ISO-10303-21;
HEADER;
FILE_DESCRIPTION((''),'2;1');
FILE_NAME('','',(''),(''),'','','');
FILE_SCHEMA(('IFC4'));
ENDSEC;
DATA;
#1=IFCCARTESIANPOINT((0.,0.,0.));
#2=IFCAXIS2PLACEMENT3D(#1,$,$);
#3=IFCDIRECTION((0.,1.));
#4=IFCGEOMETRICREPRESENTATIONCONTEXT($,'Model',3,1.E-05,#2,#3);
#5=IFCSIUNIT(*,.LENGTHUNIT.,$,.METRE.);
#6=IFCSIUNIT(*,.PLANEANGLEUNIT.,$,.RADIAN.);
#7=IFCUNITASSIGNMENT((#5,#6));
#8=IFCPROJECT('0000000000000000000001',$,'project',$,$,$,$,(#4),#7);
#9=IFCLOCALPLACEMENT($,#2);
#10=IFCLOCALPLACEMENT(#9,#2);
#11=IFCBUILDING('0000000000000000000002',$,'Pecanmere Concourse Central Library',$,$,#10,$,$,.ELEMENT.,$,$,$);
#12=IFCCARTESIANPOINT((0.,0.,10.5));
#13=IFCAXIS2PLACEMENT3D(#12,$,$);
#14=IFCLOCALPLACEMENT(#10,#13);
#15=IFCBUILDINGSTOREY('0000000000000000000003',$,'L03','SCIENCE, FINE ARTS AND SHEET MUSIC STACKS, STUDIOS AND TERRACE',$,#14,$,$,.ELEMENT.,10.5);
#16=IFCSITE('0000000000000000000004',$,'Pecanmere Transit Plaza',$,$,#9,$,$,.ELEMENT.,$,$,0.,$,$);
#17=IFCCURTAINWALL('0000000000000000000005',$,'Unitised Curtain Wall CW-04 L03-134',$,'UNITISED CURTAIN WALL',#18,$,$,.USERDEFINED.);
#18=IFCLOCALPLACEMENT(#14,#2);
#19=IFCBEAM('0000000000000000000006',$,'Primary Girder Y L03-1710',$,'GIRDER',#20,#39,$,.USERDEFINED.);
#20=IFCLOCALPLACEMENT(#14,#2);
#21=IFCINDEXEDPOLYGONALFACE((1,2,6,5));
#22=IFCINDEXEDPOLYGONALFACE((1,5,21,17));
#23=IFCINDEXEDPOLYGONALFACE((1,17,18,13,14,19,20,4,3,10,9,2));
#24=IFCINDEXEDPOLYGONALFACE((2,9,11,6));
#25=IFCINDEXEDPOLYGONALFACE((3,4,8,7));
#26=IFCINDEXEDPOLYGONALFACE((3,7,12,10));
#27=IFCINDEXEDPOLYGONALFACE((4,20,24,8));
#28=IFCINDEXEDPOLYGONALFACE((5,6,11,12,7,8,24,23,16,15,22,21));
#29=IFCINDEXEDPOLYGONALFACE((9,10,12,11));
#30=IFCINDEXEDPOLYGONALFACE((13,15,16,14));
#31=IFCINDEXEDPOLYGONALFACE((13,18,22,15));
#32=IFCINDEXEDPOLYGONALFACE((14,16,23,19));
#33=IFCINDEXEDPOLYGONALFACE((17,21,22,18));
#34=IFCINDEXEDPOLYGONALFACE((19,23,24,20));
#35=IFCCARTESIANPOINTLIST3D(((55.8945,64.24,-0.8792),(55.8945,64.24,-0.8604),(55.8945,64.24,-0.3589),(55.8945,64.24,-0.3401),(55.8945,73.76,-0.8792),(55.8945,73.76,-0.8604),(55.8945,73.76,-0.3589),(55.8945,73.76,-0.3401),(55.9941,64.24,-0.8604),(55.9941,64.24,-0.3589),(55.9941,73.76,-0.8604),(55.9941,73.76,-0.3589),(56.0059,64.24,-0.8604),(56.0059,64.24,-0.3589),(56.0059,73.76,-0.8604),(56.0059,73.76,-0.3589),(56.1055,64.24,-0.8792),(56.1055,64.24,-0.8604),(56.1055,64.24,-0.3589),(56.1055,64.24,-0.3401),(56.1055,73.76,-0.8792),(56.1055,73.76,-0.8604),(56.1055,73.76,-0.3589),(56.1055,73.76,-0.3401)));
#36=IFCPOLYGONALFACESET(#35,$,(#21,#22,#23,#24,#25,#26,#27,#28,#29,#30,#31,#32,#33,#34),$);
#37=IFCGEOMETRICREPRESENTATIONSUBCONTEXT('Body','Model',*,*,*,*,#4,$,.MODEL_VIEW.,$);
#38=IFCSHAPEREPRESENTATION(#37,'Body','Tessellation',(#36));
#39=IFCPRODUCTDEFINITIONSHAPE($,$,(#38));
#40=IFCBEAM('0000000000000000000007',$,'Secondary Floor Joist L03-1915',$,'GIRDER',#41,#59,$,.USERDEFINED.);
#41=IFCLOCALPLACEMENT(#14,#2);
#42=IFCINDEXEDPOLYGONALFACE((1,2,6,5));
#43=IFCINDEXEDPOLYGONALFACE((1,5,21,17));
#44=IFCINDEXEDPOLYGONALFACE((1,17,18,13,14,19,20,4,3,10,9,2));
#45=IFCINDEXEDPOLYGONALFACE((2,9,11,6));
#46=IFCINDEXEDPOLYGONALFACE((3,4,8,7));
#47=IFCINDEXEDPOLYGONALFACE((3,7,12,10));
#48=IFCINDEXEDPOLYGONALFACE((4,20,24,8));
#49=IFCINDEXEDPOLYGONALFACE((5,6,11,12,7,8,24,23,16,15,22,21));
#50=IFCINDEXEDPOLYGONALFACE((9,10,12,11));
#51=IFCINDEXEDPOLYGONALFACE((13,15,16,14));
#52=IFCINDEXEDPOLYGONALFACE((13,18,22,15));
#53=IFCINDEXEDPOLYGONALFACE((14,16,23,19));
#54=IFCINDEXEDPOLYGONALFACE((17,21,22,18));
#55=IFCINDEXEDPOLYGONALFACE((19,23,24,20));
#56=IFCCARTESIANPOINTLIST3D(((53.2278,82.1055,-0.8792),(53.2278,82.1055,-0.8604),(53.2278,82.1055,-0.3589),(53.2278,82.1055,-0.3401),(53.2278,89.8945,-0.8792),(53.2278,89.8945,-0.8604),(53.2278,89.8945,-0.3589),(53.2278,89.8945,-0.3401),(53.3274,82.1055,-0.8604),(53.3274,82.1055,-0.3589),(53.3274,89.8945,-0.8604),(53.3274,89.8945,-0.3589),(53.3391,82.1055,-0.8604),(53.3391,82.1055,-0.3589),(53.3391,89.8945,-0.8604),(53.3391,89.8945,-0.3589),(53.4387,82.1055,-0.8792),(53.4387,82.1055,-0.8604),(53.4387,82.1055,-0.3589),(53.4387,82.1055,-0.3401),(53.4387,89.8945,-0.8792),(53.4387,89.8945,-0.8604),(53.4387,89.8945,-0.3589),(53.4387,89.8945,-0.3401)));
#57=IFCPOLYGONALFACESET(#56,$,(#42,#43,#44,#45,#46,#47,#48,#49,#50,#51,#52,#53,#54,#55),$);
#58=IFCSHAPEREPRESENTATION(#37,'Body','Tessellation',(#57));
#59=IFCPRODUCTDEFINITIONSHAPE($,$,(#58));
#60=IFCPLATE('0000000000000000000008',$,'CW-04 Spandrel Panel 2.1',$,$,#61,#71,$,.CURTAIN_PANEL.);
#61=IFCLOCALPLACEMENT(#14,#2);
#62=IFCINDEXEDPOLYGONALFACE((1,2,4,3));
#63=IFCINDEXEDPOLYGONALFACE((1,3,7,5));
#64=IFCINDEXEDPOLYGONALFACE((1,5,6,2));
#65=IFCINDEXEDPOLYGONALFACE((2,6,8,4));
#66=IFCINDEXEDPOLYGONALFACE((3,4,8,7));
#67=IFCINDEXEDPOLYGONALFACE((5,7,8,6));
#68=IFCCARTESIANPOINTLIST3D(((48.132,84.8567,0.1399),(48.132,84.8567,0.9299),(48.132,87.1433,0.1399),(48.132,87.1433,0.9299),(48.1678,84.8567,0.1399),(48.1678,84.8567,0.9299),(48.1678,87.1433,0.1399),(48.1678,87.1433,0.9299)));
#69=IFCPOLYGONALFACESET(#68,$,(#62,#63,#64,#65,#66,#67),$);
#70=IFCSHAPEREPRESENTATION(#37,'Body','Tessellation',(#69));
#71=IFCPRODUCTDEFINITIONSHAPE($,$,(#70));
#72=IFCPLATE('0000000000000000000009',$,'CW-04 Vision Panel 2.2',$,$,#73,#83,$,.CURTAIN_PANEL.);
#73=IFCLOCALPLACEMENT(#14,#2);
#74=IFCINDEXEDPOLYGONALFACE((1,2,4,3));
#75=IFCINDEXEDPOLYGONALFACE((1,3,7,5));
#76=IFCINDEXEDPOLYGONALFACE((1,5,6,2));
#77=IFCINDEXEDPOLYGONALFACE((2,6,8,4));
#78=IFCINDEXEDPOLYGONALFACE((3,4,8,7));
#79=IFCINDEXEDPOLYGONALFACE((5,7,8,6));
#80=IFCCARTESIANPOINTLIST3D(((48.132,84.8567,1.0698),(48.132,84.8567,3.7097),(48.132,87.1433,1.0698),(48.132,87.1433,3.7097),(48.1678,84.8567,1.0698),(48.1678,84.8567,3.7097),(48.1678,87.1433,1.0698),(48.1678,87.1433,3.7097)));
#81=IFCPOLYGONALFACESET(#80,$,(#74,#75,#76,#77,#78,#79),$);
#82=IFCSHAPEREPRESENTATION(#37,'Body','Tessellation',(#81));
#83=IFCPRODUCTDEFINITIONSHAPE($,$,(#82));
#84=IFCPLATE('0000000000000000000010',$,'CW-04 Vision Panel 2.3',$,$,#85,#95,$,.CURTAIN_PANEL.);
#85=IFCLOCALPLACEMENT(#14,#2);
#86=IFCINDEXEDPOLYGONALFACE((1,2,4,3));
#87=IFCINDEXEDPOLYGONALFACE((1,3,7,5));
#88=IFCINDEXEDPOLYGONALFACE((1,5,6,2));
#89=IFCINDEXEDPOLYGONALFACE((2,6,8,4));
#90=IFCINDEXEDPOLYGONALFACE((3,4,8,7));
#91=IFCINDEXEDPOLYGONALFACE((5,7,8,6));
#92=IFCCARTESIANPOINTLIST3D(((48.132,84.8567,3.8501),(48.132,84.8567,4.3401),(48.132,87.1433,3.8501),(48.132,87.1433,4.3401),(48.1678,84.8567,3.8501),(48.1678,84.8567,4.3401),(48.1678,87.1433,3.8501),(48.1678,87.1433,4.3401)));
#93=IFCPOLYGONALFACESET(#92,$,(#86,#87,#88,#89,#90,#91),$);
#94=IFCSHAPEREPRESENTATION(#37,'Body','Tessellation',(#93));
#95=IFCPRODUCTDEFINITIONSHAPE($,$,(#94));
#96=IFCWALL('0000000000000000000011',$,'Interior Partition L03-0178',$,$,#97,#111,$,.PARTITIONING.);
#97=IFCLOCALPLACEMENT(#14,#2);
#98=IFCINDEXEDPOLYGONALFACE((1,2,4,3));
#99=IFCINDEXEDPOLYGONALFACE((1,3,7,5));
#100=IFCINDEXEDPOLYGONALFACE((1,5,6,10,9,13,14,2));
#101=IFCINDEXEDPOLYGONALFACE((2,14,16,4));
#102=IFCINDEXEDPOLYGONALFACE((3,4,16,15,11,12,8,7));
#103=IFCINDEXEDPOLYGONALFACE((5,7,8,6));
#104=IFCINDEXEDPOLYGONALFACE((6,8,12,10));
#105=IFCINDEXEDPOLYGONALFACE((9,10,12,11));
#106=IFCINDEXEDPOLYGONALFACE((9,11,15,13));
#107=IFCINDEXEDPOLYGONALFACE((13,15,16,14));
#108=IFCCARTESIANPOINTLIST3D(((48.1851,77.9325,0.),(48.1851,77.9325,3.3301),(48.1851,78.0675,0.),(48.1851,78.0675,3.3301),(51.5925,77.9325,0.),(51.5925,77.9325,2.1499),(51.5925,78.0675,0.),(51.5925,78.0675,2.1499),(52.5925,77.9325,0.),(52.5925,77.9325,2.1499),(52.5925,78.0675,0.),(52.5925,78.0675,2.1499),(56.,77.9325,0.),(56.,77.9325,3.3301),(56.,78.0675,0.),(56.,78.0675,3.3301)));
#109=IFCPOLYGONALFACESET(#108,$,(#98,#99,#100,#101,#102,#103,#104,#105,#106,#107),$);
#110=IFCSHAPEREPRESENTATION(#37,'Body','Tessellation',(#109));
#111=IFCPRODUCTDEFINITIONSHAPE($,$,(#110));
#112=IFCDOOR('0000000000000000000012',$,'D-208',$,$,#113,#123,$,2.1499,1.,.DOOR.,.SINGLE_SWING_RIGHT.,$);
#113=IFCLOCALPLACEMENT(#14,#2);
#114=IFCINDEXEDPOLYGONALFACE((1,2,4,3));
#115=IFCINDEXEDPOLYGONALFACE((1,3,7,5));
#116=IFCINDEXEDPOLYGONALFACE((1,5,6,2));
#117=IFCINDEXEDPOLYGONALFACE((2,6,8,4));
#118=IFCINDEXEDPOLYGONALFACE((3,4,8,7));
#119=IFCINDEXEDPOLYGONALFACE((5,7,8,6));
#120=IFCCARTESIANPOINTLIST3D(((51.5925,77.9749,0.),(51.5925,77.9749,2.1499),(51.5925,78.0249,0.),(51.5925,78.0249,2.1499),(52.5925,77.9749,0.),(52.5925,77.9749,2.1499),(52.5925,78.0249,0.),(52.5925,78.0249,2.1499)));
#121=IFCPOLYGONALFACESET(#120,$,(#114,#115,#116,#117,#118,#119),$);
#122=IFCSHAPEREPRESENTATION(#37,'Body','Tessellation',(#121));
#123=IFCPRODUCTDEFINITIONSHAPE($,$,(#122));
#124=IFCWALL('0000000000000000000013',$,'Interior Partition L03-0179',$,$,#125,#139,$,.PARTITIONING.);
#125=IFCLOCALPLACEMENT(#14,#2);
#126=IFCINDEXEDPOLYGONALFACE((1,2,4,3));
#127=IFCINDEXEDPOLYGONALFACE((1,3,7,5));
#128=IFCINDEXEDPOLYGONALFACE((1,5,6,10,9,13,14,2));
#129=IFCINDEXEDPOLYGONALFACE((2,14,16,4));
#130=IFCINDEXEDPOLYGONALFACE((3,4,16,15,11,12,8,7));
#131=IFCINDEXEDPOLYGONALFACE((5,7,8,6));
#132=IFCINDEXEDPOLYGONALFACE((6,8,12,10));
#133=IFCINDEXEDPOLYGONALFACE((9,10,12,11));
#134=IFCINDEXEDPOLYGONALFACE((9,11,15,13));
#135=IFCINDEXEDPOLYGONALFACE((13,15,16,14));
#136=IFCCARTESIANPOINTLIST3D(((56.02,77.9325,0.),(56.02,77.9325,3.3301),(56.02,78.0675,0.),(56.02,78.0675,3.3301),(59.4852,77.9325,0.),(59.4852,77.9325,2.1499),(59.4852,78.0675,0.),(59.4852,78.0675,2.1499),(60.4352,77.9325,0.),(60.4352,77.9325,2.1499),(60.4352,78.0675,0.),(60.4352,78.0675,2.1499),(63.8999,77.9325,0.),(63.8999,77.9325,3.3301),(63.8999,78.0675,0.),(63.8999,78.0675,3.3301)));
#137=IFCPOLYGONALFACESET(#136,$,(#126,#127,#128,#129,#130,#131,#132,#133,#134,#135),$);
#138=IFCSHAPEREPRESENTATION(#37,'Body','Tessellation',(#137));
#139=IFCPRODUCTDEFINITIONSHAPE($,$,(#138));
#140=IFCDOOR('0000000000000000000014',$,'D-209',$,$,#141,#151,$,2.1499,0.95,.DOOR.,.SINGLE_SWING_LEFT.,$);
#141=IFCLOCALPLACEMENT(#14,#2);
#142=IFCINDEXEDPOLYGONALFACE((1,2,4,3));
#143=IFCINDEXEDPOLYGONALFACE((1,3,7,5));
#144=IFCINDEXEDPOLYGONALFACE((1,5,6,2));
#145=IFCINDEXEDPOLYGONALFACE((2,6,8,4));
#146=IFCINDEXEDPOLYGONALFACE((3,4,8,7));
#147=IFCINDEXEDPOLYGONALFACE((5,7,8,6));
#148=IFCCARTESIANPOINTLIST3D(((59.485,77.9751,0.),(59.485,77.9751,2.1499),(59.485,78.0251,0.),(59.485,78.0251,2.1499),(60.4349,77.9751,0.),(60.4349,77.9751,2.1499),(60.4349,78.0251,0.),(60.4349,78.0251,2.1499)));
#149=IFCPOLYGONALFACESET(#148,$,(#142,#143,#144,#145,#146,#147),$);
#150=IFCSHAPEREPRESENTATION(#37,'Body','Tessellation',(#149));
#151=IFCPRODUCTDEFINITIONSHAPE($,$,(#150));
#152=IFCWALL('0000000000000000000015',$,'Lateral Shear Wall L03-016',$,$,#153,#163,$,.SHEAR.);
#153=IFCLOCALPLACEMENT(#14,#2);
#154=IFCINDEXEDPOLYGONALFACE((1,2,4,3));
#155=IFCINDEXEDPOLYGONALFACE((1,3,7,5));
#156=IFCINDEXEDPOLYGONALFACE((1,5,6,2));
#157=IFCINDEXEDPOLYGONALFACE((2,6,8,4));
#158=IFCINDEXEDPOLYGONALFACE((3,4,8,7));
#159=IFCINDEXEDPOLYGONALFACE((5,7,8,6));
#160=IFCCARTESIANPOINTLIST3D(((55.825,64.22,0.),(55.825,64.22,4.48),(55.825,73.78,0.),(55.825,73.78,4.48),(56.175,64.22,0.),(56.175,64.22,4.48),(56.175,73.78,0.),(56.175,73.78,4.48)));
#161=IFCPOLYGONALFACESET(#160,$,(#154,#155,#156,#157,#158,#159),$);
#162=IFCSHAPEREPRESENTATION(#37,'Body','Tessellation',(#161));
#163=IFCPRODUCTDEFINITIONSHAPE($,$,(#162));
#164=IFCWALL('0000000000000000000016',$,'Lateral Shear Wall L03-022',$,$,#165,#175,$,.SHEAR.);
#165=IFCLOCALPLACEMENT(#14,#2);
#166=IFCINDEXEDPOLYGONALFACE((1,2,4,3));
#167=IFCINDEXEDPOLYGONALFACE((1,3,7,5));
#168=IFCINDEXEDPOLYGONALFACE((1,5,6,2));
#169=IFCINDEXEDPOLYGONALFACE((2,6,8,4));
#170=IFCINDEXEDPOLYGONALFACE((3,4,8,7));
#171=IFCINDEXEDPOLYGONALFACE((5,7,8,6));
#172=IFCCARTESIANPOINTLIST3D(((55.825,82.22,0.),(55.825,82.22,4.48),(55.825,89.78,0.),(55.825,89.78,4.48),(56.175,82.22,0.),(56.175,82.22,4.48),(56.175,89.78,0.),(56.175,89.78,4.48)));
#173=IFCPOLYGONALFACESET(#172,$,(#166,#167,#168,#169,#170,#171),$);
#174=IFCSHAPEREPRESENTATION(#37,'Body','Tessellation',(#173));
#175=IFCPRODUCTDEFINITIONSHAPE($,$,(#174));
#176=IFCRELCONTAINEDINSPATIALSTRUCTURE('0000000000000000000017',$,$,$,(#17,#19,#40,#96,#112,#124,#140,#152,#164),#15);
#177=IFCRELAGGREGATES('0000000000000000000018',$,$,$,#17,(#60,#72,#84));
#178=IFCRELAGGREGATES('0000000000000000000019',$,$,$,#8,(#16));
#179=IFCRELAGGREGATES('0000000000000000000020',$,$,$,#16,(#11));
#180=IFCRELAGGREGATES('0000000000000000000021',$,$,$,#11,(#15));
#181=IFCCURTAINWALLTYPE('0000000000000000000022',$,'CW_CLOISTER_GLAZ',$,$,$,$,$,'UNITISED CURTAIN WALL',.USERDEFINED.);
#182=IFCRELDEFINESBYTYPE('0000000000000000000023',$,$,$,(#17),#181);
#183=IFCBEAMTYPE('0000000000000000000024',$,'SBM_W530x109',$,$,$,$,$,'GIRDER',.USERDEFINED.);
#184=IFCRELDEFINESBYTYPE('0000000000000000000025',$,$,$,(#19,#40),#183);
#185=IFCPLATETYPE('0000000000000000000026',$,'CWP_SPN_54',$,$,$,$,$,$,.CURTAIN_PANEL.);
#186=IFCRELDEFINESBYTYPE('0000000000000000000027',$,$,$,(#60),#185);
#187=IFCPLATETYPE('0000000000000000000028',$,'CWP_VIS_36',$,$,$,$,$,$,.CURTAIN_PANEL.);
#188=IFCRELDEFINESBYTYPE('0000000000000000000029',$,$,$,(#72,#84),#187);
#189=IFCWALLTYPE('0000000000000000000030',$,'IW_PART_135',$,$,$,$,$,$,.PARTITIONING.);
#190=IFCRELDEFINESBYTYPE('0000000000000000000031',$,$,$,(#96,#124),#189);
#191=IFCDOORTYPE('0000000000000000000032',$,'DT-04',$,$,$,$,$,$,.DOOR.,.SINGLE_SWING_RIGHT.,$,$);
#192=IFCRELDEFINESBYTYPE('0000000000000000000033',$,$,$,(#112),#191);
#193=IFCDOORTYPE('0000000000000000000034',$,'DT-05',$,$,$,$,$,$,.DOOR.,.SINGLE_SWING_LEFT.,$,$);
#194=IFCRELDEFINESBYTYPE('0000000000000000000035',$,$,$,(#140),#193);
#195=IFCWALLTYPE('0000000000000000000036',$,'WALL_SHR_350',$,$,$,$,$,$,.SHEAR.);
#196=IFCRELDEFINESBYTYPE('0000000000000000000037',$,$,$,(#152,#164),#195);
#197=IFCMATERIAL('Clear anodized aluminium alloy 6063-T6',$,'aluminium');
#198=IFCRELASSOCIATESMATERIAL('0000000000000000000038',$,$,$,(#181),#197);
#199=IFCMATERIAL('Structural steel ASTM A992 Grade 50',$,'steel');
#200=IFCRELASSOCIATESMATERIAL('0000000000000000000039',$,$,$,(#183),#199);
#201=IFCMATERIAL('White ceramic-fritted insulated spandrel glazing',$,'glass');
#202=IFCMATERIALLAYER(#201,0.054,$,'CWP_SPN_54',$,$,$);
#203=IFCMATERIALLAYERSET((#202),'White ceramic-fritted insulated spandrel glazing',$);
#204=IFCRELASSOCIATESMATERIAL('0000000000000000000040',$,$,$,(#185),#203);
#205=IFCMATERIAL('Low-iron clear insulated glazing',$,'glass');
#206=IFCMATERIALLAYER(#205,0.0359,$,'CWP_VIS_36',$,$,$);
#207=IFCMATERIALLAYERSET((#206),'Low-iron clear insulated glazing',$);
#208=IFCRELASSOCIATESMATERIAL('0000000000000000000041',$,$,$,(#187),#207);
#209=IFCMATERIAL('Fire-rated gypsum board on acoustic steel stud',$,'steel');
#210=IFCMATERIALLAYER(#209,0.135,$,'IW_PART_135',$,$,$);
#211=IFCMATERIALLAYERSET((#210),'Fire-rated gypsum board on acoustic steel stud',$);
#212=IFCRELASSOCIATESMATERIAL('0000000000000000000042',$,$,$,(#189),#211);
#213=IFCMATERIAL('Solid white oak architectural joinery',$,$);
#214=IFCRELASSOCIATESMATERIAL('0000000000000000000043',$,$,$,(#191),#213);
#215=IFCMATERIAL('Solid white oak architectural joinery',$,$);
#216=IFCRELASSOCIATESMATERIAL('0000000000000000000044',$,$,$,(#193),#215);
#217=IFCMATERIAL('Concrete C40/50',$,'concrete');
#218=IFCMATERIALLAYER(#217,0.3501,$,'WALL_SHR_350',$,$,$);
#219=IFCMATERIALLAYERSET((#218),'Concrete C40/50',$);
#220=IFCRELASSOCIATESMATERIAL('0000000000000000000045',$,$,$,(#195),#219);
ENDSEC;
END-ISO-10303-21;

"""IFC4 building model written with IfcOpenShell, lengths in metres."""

from ifc_helpers import new_model, si_unit, direction, frame, frame_2d, origin, origin_2d, place, context, subcontext, project, spatial, rectangle, i_section, extrude, material, layer, layer_set, material_profile, profile_set, type_object, element, fill, aggregate, save


model = new_model("IFC4")

# Units and contexts
model_context = context("Model", 3, precision=1e-05, world=origin(), true_north=direction((0.0, 1.0)))
body_context = subcontext(model_context, "Body", "Model", "MODEL_VIEW")
ifc_project = project(units=[si_unit("LENGTHUNIT", "METRE"), si_unit("PLANEANGLEUNIT", "RADIAN")], contexts=[model_context])

# Site, building, storey
site_placement = place(None, origin())
site = spatial("IfcSite", under=ifc_project, at=site_placement, Name="Pecanmere Transit Plaza", CompositionType="ELEMENT", RefElevation=0.0)
building_placement = place(site_placement, origin())
building = spatial("IfcBuilding", under=site, at=building_placement, Name="Pecanmere Concourse Central Library", CompositionType="ELEMENT")
storey_placement = place(building_placement, frame((0.0, 0.0, 10.5)))
storey = spatial("IfcBuildingStorey", under=building, at=storey_placement, Name="L03", Description="SCIENCE, FINE ARTS AND SHEET MUSIC STACKS, STUDIOS AND TERRACE", CompositionType="ELEMENT", Elevation=10.5)

# Curtain wall
ifc_material_1 = material(Name="Clear anodized aluminium alloy 6063-T6", Category="aluminium")
curtain_wall_type = type_object("IfcCurtainWallType", Name="CW_CLOISTER_GLAZ", ElementType="UNITISED CURTAIN WALL", PredefinedType="USERDEFINED", material=ifc_material_1)
curtain_wall_placement = place(storey_placement, origin())
curtain_wall = element("IfcCurtainWall", 1, at=curtain_wall_placement, inside=storey, type_object=curtain_wall_type, Name="Unitised Curtain Wall CW-04 L03-134", ObjectType="UNITISED CURTAIN WALL", PredefinedType="USERDEFINED")

# Beams
ifc_material_2 = material(Name="Structural steel ASTM A992 Grade 50", Category="steel")
ifc_material_profile_1 = material_profile(ifc_material_2, i_section(OverallWidth=0.2109, OverallDepth=0.5391, WebThickness=0.0117, FlangeThickness=0.0188, at=origin_2d()), Name="W530x109")
ifc_profile_set_1 = profile_set([ifc_material_profile_1], Name="Structural steel ASTM A992 Grade 50")
beam_type_1 = type_object("IfcBeamType", Name="SBM_W530x109", ElementType="GIRDER", PredefinedType="USERDEFINED", material=ifc_profile_set_1)
beam_1_placement = place(storey_placement, frame((56.0, 64.24, -0.6096), z_axis=(0.0, 1.0, 0.0), x_axis=(-1.0, 0.0, 0.0)))
element("IfcBeam", 2, at=beam_1_placement, inside=storey, type_object=beam_type_1, Name="Primary Girder Y L03-1710", ObjectType="GIRDER", PredefinedType="USERDEFINED", context=body_context, shape_type="SweptSolid", body=[
    extrude(i_section(OverallWidth=0.2109, OverallDepth=0.5391, WebThickness=0.0117, FlangeThickness=0.0188, at=origin_2d()), origin(), (0.0, 0.0, 1.0), 9.52),
])
beam_2_placement = place(storey_placement, frame((53.3333, 82.1055, -0.6096), z_axis=(0.0, 1.0, 0.0), x_axis=(-1.0, 0.0, 0.0)))
element("IfcBeam", 3, at=beam_2_placement, inside=storey, type_object=beam_type_1, Name="Secondary Floor Joist L03-1915", ObjectType="GIRDER", PredefinedType="USERDEFINED", context=body_context, shape_type="SweptSolid", body=[
    extrude(i_section(OverallWidth=0.2109, OverallDepth=0.5391, WebThickness=0.0117, FlangeThickness=0.0188, at=origin_2d()), origin(), (0.0, 0.0, 1.0), 7.7891),
])

# Plates
ifc_material_3 = material(Name="White ceramic-fritted insulated spandrel glazing", Category="glass")
ifc_layer_1 = layer(ifc_material_3, 0.054, Name="CWP_SPN_54")
ifc_layer_set_1 = layer_set([ifc_layer_1], Name="White ceramic-fritted insulated spandrel glazing")
plate_type_1 = type_object("IfcPlateType", Name="CWP_SPN_54", PredefinedType="CURTAIN_PANEL", material=ifc_layer_set_1)
plate_1_placement = place(storey_placement, frame((48.1499, 86.0, 0.1399), z_axis=(0.0, 0.0, 1.0), x_axis=(0.0, -1.0, 0.0)))
plate_1 = element("IfcPlate", 4, at=plate_1_placement, type_object=plate_type_1, Name="CW-04 Spandrel Panel 2.1", PredefinedType="CURTAIN_PANEL", context=body_context, shape_type="SweptSolid", body=[
    extrude(rectangle(XDim=2.2866, YDim=0.0359, at=origin_2d()), origin(), (0.0, 0.0, 1.0), 0.79),
])
ifc_material_4 = material(Name="Low-iron clear insulated glazing", Category="glass")
ifc_layer_2 = layer(ifc_material_4, 0.0359, Name="CWP_VIS_36")
ifc_layer_set_2 = layer_set([ifc_layer_2], Name="Low-iron clear insulated glazing")
plate_type_2 = type_object("IfcPlateType", Name="CWP_VIS_36", PredefinedType="CURTAIN_PANEL", material=ifc_layer_set_2)
plate_2_placement = place(storey_placement, frame((48.1499, 86.0, 1.0698), z_axis=(0.0, 0.0, 1.0), x_axis=(0.0, -1.0, 0.0)))
plate_2 = element("IfcPlate", 5, at=plate_2_placement, type_object=plate_type_2, Name="CW-04 Vision Panel 2.2", PredefinedType="CURTAIN_PANEL", context=body_context, shape_type="SweptSolid", body=[
    extrude(rectangle(XDim=2.2866, YDim=0.0359, at=origin_2d()), origin(), (0.0, 0.0, 1.0), 2.6399),
])
plate_3_placement = place(storey_placement, frame((48.1499, 86.0, 3.8501), z_axis=(0.0, 0.0, 1.0), x_axis=(0.0, -1.0, 0.0)))
plate_3 = element("IfcPlate", 6, at=plate_3_placement, type_object=plate_type_2, Name="CW-04 Vision Panel 2.3", PredefinedType="CURTAIN_PANEL", context=body_context, shape_type="SweptSolid", body=[
    extrude(rectangle(XDim=2.2866, YDim=0.0359, at=origin_2d()), origin(), (0.0, 0.0, 1.0), 0.49),
])
aggregate(curtain_wall, [plate_1, plate_2, plate_3])

# Walls, openings, doors
ifc_material_5 = material(Name="Fire-rated gypsum board on acoustic steel stud", Category="steel")
ifc_layer_3 = layer(ifc_material_5, 0.135, Name="IW_PART_135")
ifc_layer_set_3 = layer_set([ifc_layer_3], Name="Fire-rated gypsum board on acoustic steel stud")
wall_type_1 = type_object("IfcWallType", Name="IW_PART_135", PredefinedType="PARTITIONING", material=ifc_layer_set_3)
wall_1_placement = place(storey_placement, frame((48.1851, 78.0, 0.0), z_axis=(0.0, 0.0, 1.0), x_axis=(1.0, 0.0, 0.0)))
wall_1 = element("IfcWall", 7, at=wall_1_placement, inside=storey, type_object=wall_type_1, Name="Interior Partition L03-0178", PredefinedType="PARTITIONING", context=body_context, shape_type="SweptSolid", body=[
    extrude(rectangle(XDim=7.8149, YDim=0.135, at=frame_2d((3.9075, 0.0))), origin(), (0.0, 0.0, 1.0), 3.3301),
])
opening_1_placement = place(wall_1_placement, frame((3.4075, 0.0, 0.0)))
opening_1 = element("IfcOpeningElement", 8, at=opening_1_placement, cuts=wall_1, PredefinedType="OPENING", context=body_context, shape_type="SweptSolid", body=[
    extrude(rectangle(XDim=1.0, YDim=2.1499, at=frame_2d((0.5, 1.075))), frame((0.0, 0.0796, 0.0), z_axis=(0.0, -1.0, 0.0), x_axis=(1.0, 0.0, 0.0)), (0.0, 0.0, 1.0), 0.1589),
])
ifc_material_6 = material(Name="Solid white oak architectural joinery")
door_type_1 = type_object("IfcDoorType", Name="DT-04", OperationType="SINGLE_SWING_RIGHT", PredefinedType="DOOR", material=ifc_material_6)
door_1_placement = place(opening_1_placement, origin())
door_1 = element("IfcDoor", 9, at=door_1_placement, inside=storey, type_object=door_type_1, Name="D-208", OperationType="SINGLE_SWING_RIGHT", OverallHeight=2.1499, OverallWidth=1.0, PredefinedType="DOOR", context=body_context, shape_type="SweptSolid", body=[
    extrude(rectangle(XDim=1.0, YDim=2.1499, at=frame_2d((0.5, 1.075))), frame((0.0, 0.0249, 0.0), z_axis=(0.0, -1.0, 0.0), x_axis=(1.0, 0.0, 0.0)), (0.0, 0.0, 1.0), 0.05),
])
fill(opening_1, door_1)
wall_2_placement = place(storey_placement, frame((56.02, 78.0, 0.0), z_axis=(0.0, 0.0, 1.0), x_axis=(1.0, 0.0, 0.0)))
wall_2 = element("IfcWall", 10, at=wall_2_placement, inside=storey, type_object=wall_type_1, Name="Interior Partition L03-0179", PredefinedType="PARTITIONING", context=body_context, shape_type="SweptSolid", body=[
    extrude(rectangle(XDim=7.8799, YDim=0.135, at=frame_2d((3.9399, 0.0))), origin(), (0.0, 0.0, 1.0), 3.3301),
])
opening_2_placement = place(wall_2_placement, frame((3.4651, 0.0, 0.0)))
opening_2 = element("IfcOpeningElement", 11, at=opening_2_placement, cuts=wall_2, PredefinedType="OPENING", context=body_context, shape_type="SweptSolid", body=[
    extrude(rectangle(XDim=0.95, YDim=2.1499, at=frame_2d((0.4751, 1.075))), frame((0.0, 0.0796, 0.0), z_axis=(0.0, -1.0, 0.0), x_axis=(1.0, 0.0, 0.0)), (0.0, 0.0, 1.0), 0.1589),
])
ifc_material_7 = material(Name="Solid white oak architectural joinery")
door_type_2 = type_object("IfcDoorType", Name="DT-05", OperationType="SINGLE_SWING_LEFT", PredefinedType="DOOR", material=ifc_material_7)
door_2_placement = place(opening_2_placement, frame((0.95, 0.0, 0.0), z_axis=(0.0, 0.0, 1.0), x_axis=(-1.0, 0.0, 0.0)))
door_2 = element("IfcDoor", 12, at=door_2_placement, inside=storey, type_object=door_type_2, Name="D-209", OperationType="SINGLE_SWING_LEFT", OverallHeight=2.1499, OverallWidth=0.95, PredefinedType="DOOR", context=body_context, shape_type="SweptSolid", body=[
    extrude(rectangle(XDim=0.95, YDim=2.1499, at=frame_2d((0.4751, 1.075))), frame((0.0, 0.0249, 0.0), z_axis=(0.0, -1.0, 0.0), x_axis=(1.0, 0.0, 0.0)), (0.0, 0.0, 1.0), 0.05),
])
fill(opening_2, door_2)

# Walls
ifc_material_8 = material(Name="Concrete C40/50", Category="concrete")
ifc_layer_4 = layer(ifc_material_8, 0.3501, Name="WALL_SHR_350")
ifc_layer_set_4 = layer_set([ifc_layer_4], Name="Concrete C40/50")
wall_type_2 = type_object("IfcWallType", Name="WALL_SHR_350", PredefinedType="SHEAR", material=ifc_layer_set_4)
wall_3_placement = place(storey_placement, frame((56.0, 64.22, 0.0), z_axis=(0.0, 0.0, 1.0), x_axis=(0.0, 1.0, 0.0)))
element("IfcWall", 13, at=wall_3_placement, inside=storey, type_object=wall_type_2, Name="Lateral Shear Wall L03-016", PredefinedType="SHEAR", context=body_context, shape_type="SweptSolid", body=[
    extrude(rectangle(XDim=9.5601, YDim=0.3501, at=frame_2d((4.78, 0.0))), origin(), (0.0, 0.0, 1.0), 4.48),
])
wall_4_placement = place(storey_placement, frame((56.0, 82.22, 0.0), z_axis=(0.0, 0.0, 1.0), x_axis=(0.0, 1.0, 0.0)))
element("IfcWall", 14, at=wall_4_placement, inside=storey, type_object=wall_type_2, Name="Lateral Shear Wall L03-022", PredefinedType="SHEAR", context=body_context, shape_type="SweptSolid", body=[
    extrude(rectangle(XDim=7.5601, YDim=0.3501, at=frame_2d((3.78, 0.0))), origin(), (0.0, 0.0, 1.0), 4.48),
])

save(model, "model.ifc")
